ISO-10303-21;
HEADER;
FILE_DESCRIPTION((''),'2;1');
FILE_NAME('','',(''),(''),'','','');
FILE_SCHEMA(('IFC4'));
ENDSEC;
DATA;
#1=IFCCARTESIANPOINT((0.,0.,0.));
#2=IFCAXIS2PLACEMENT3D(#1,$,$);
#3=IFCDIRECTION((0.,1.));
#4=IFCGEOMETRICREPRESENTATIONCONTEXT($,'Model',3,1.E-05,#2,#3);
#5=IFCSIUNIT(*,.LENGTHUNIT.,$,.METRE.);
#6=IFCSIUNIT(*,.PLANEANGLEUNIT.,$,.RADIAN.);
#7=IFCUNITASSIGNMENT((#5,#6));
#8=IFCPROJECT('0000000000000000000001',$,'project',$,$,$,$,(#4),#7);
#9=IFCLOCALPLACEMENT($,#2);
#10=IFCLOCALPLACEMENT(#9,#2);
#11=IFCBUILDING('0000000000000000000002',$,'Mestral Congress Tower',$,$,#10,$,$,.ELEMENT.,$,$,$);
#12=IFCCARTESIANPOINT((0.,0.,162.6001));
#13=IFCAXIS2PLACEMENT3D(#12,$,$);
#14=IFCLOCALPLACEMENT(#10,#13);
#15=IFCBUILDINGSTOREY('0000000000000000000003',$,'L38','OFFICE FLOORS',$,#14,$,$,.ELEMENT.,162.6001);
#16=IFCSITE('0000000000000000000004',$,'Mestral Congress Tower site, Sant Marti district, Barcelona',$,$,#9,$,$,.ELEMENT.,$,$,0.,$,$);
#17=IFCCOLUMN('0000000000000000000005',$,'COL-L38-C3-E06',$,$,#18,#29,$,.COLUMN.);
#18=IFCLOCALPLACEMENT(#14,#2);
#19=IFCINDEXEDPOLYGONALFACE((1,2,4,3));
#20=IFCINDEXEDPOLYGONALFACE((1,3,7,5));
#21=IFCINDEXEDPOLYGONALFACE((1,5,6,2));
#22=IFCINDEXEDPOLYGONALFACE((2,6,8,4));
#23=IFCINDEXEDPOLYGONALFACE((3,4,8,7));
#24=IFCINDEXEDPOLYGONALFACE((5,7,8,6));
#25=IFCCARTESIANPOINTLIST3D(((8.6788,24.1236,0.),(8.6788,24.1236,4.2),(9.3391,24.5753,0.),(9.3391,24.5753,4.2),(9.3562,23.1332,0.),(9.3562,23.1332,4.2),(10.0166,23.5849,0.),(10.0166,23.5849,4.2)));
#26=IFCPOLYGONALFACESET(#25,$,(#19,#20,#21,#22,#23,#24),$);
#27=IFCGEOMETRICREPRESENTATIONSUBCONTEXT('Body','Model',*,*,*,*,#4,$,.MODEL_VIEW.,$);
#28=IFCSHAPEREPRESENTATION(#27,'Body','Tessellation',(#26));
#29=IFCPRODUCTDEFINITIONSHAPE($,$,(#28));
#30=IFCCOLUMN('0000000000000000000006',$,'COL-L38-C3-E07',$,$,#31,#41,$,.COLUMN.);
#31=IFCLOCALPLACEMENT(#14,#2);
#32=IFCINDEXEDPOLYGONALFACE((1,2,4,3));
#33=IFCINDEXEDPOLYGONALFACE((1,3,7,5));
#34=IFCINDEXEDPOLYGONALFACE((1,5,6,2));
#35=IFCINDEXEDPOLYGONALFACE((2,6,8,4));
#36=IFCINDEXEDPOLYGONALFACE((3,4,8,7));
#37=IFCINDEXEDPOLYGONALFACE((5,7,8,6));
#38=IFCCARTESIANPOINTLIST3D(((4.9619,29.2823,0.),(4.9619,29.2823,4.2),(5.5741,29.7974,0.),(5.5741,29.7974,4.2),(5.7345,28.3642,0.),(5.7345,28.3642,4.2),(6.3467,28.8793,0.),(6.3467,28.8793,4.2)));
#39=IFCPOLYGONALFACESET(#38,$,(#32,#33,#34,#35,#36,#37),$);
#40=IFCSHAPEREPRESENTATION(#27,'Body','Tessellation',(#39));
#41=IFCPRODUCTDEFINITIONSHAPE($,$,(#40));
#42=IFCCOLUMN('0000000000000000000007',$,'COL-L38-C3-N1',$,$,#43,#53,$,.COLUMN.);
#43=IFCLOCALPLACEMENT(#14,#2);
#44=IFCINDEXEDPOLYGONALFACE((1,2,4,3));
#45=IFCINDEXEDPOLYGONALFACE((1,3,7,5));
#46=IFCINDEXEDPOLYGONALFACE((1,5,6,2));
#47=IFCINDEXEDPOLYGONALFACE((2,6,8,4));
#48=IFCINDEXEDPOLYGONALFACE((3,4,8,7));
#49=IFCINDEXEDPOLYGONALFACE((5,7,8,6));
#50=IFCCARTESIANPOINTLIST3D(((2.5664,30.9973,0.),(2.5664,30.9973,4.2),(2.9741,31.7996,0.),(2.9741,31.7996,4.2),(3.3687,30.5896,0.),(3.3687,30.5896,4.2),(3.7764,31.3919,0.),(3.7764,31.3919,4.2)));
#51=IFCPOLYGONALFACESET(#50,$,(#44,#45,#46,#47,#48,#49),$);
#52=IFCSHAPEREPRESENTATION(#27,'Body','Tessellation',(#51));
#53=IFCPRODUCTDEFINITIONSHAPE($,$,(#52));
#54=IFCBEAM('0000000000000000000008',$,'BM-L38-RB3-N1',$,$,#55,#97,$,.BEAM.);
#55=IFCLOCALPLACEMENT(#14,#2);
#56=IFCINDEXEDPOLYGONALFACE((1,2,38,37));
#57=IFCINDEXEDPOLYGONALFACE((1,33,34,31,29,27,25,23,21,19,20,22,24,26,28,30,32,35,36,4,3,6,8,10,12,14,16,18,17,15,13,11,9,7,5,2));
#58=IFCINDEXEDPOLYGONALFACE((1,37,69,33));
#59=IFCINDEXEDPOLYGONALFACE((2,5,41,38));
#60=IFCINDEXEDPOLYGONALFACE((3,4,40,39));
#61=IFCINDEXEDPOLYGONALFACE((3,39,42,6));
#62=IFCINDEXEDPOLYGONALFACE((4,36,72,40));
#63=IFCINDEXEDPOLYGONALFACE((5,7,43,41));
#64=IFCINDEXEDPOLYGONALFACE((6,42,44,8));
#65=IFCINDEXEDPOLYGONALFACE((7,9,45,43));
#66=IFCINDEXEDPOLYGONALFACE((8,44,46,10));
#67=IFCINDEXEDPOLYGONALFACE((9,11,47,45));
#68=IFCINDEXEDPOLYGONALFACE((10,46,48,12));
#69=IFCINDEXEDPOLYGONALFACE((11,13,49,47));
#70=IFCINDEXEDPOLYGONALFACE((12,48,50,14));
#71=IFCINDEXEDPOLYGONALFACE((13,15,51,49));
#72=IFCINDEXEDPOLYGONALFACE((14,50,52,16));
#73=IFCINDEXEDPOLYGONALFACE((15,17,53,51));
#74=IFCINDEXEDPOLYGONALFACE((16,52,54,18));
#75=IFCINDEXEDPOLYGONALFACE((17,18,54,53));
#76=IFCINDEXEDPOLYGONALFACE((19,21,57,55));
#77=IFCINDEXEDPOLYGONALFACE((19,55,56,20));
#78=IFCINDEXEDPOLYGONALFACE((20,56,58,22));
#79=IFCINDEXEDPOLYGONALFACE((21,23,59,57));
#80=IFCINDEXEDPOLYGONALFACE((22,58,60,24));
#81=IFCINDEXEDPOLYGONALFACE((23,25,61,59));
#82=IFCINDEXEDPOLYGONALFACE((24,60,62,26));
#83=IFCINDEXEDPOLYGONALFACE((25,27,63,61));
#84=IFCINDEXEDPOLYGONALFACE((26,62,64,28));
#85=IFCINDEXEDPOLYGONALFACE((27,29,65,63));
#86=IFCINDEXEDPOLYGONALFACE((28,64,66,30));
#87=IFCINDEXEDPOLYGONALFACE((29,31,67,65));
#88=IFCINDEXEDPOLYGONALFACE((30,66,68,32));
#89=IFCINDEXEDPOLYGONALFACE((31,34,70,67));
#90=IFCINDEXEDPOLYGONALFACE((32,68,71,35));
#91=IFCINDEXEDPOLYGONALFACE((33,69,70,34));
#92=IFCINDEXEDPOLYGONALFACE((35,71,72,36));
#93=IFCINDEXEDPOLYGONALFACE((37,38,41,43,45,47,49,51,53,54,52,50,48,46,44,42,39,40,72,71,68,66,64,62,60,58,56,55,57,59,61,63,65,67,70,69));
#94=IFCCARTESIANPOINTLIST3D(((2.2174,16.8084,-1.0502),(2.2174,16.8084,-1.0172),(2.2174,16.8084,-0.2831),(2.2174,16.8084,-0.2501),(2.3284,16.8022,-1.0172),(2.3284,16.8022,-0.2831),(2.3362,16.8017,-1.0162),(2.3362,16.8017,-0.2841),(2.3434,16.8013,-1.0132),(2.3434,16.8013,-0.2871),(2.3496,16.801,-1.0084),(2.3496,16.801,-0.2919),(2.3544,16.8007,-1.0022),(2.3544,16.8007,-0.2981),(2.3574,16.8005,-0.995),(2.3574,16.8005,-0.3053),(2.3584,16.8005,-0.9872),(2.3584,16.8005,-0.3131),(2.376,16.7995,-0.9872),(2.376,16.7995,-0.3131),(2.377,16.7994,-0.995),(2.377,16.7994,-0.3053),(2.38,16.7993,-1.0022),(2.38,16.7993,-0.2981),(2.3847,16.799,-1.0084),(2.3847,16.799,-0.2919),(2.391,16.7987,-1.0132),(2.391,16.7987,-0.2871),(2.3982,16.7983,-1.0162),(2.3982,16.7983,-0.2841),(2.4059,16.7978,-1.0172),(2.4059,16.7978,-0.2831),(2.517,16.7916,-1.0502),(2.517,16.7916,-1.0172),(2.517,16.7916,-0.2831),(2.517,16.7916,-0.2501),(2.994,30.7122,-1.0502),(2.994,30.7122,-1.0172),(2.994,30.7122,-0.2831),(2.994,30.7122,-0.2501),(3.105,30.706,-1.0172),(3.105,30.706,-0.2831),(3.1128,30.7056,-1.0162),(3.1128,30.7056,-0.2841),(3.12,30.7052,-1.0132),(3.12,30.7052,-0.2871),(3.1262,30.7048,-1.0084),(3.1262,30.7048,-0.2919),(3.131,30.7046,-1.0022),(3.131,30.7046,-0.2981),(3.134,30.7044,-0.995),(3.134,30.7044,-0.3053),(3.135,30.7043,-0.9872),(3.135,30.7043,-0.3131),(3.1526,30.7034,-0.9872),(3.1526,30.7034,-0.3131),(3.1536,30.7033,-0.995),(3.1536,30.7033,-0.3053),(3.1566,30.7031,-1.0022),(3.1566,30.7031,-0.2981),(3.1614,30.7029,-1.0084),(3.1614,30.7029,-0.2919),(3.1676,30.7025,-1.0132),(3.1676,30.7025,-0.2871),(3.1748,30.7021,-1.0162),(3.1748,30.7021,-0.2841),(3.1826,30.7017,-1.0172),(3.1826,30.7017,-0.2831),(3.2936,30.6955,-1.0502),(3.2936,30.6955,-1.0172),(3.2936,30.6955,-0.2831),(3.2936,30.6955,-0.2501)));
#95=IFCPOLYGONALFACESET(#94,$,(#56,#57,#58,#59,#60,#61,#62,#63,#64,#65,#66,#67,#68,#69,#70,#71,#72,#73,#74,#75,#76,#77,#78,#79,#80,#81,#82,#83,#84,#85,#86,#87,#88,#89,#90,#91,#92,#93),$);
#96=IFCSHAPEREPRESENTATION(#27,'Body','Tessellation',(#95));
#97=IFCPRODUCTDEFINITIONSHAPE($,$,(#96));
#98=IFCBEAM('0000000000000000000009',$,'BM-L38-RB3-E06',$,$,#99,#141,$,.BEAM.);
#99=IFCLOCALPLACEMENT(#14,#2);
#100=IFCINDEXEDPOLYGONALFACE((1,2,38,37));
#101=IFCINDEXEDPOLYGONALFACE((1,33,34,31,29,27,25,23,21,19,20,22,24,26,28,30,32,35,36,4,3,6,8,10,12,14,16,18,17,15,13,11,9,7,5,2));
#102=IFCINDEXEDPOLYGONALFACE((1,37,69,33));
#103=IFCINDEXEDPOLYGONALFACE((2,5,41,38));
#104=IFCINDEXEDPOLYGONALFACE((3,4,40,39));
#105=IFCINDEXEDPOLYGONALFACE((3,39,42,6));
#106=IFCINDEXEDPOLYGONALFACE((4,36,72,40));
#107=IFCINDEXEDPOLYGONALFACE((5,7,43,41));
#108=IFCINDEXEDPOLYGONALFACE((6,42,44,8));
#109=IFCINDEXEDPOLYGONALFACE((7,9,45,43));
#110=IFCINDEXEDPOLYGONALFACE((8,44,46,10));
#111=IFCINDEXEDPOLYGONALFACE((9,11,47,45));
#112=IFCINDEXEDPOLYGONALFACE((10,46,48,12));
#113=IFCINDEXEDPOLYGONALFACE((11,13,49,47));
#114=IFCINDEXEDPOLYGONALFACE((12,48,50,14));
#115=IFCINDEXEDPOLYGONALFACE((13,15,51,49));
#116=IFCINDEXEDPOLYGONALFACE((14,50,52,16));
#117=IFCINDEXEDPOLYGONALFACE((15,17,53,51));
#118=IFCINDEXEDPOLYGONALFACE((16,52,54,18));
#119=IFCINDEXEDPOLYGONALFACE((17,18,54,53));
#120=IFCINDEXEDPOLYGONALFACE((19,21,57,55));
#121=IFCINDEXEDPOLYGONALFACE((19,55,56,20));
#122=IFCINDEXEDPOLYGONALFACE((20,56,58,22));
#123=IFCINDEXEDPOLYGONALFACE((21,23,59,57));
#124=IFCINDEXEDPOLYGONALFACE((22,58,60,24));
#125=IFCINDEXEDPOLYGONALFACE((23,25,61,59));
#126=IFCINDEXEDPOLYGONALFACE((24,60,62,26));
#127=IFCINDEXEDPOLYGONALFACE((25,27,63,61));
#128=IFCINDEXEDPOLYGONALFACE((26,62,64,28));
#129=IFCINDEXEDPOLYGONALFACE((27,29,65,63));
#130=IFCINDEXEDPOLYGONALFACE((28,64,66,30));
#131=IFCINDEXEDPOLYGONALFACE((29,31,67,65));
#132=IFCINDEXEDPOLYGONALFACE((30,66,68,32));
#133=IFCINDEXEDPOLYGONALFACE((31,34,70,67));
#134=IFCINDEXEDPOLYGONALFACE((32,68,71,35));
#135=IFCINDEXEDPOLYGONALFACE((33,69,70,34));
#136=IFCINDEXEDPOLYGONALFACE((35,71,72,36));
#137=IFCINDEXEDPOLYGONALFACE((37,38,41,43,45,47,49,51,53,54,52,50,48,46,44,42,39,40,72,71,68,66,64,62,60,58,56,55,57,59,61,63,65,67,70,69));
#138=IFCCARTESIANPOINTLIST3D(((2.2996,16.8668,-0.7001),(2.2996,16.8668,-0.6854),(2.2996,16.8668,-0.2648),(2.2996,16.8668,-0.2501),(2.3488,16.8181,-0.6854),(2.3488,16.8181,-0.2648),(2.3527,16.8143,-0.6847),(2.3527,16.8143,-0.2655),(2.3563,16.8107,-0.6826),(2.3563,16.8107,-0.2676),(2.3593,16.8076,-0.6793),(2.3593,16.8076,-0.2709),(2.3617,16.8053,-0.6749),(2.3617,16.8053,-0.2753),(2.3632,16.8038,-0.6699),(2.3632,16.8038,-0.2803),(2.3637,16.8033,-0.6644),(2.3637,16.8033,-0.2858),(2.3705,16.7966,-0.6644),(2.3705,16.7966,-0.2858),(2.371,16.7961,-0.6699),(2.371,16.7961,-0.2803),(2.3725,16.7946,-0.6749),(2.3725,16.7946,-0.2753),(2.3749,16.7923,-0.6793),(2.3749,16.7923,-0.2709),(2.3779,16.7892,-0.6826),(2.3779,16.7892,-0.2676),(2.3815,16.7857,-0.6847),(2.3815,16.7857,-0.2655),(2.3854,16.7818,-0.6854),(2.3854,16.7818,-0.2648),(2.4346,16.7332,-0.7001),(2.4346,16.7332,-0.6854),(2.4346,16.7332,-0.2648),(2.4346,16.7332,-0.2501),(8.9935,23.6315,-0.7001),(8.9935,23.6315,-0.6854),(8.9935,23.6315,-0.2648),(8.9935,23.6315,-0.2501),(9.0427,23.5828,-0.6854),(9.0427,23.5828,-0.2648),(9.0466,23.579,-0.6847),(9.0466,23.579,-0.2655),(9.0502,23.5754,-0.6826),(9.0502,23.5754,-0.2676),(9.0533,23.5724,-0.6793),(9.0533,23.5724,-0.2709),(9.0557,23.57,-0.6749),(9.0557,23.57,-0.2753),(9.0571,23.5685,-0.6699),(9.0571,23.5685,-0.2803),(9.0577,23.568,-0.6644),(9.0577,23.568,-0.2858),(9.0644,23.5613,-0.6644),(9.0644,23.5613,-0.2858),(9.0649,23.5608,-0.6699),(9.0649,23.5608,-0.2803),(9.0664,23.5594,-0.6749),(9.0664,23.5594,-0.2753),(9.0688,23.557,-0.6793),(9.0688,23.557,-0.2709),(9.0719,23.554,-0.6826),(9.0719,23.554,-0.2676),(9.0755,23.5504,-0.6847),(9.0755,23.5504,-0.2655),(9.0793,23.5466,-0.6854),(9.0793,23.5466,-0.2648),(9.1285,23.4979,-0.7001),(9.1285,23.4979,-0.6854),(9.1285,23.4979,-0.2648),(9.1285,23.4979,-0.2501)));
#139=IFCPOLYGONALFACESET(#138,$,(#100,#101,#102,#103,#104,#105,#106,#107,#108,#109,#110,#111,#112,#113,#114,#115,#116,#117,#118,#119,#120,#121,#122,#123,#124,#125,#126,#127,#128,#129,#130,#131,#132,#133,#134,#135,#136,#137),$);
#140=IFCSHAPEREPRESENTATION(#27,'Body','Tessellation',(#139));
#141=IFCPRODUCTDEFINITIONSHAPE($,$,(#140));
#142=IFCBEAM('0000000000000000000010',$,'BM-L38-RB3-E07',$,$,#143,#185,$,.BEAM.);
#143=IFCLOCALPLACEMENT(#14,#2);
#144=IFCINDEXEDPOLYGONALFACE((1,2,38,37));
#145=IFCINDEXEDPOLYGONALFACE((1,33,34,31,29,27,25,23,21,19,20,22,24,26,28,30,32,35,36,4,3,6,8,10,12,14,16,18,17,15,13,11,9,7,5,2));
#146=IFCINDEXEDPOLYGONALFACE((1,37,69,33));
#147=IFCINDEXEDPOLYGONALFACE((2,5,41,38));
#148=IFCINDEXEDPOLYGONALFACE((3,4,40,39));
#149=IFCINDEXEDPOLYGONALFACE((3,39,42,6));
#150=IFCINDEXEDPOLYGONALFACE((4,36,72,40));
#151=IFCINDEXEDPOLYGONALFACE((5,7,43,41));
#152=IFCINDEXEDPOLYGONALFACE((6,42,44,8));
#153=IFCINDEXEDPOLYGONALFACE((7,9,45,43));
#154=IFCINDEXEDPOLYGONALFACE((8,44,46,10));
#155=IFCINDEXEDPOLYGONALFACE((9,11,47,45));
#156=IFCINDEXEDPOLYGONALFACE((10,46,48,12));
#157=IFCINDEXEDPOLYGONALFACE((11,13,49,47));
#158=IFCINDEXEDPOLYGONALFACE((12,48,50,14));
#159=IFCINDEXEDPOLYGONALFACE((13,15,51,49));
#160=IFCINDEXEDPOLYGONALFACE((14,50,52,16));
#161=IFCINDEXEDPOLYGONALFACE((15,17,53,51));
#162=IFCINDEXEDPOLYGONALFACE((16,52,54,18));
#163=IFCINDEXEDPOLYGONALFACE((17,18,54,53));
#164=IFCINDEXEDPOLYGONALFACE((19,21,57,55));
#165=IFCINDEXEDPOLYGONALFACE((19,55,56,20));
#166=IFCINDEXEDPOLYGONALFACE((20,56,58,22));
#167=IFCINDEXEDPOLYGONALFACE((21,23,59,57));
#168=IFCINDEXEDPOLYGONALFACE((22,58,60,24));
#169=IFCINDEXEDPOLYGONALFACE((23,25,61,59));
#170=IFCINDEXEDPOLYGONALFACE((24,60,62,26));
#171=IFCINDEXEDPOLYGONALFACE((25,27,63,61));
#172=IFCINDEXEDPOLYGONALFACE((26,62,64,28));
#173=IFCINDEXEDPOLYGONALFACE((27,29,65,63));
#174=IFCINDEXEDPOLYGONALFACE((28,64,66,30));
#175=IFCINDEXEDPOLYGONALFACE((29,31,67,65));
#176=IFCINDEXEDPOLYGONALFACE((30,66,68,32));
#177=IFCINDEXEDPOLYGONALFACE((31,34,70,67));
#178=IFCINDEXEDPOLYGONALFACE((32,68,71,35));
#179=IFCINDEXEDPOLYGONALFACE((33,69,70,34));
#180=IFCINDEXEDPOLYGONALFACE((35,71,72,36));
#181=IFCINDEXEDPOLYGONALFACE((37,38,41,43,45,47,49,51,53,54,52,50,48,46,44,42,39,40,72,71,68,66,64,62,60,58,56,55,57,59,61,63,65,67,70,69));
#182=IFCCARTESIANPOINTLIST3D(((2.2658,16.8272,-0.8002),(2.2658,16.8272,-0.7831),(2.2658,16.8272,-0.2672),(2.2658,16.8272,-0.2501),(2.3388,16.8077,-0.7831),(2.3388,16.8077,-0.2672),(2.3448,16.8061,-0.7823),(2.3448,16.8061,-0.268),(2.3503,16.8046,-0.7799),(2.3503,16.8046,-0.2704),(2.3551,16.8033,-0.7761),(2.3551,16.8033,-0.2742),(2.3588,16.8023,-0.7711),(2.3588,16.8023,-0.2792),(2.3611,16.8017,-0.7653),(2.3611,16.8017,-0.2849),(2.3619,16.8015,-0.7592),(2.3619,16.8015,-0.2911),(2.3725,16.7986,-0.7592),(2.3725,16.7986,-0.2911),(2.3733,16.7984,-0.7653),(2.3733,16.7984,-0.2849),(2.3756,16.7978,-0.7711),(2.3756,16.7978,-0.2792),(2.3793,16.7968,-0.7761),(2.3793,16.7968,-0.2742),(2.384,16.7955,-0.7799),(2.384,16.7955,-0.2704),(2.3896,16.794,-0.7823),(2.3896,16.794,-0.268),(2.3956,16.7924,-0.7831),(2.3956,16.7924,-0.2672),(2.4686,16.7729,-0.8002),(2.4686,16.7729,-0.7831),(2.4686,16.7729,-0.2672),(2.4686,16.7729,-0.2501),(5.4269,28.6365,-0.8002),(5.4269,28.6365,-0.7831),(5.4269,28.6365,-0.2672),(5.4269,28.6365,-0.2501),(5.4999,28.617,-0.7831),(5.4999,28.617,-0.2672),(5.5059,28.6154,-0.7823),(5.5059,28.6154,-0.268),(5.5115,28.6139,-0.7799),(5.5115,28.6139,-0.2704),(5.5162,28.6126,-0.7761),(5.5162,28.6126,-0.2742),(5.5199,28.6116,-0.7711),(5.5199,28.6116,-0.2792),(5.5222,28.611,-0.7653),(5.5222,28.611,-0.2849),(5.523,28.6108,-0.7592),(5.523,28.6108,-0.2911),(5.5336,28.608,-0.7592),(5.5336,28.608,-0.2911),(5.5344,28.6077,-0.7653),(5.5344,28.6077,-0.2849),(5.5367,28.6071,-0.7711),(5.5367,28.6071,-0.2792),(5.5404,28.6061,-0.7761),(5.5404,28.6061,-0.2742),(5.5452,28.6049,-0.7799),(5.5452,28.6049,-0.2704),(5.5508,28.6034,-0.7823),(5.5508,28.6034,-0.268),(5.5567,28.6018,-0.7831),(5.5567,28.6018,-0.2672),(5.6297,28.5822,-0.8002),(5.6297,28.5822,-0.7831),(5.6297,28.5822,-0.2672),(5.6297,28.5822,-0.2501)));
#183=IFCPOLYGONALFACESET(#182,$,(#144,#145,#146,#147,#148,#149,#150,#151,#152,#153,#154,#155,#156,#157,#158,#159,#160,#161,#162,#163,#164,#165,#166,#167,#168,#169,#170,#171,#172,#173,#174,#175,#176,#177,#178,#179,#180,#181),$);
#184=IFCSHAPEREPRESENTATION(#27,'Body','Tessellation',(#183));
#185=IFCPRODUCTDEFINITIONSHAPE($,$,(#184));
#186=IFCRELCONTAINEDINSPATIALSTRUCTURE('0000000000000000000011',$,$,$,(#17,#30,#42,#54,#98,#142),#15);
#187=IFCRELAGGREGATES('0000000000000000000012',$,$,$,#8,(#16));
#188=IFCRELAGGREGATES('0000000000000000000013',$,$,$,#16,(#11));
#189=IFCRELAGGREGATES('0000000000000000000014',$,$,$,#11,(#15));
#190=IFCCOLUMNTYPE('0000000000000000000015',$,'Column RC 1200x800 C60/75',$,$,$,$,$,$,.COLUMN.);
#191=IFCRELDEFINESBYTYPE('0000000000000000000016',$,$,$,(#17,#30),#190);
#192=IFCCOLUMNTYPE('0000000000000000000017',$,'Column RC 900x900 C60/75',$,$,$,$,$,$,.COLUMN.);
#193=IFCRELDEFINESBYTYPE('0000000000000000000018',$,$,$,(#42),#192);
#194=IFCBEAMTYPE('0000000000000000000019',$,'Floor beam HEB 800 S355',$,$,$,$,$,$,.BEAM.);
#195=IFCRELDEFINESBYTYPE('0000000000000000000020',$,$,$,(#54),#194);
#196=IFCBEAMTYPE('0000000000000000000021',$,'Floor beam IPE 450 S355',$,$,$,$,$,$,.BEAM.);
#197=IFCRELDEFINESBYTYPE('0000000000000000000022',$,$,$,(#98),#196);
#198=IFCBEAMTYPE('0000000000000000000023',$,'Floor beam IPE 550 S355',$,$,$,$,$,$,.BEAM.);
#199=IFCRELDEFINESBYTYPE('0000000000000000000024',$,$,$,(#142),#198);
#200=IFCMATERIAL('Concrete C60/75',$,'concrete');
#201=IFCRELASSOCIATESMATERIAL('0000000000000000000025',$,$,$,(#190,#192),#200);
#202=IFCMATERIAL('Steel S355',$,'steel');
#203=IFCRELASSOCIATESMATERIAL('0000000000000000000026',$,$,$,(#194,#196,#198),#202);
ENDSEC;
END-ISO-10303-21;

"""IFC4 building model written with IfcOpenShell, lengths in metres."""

from ifc_helpers import new_model, si_unit, direction, frame, origin, origin_2d, place, context, subcontext, project, spatial, rectangle, i_section, extrude, material, material_profile, profile_set, type_object, element, save


model = new_model("IFC4")

# Units and contexts
model_context = context("Model", 3, precision=1e-05, world=origin(), true_north=direction((0.0, 1.0)))
body_context = subcontext(model_context, "Body", "Model", "MODEL_VIEW")
ifc_project = project(units=[si_unit("LENGTHUNIT", "METRE"), si_unit("PLANEANGLEUNIT", "RADIAN")], contexts=[model_context])

# Site, building, storey
site_placement = place(None, origin())
site = spatial("IfcSite", under=ifc_project, at=site_placement, Name="Mestral Congress Tower site, Sant Marti district, Barcelona", CompositionType="ELEMENT", RefElevation=0.0)
building_placement = place(site_placement, origin())
building = spatial("IfcBuilding", under=site, at=building_placement, Name="Mestral Congress Tower", CompositionType="ELEMENT")
storey_placement = place(building_placement, frame((0.0, 0.0, 162.6001)))
storey = spatial("IfcBuildingStorey", under=building, at=storey_placement, Name="L38", Description="OFFICE FLOORS", CompositionType="ELEMENT", Elevation=162.6001)

# Columns
ifc_material_1 = material(Name="Concrete C60/75", Category="concrete")
ifc_material_profile_1 = material_profile(ifc_material_1, rectangle(XDim=1.2, YDim=0.8, at=origin_2d()), Name="RC 1200x800")
ifc_profile_set_1 = profile_set([ifc_material_profile_1], Name="Concrete C60/75")
column_type_1 = type_object("IfcColumnType", Name="Column RC 1200x800 C60/75", PredefinedType="COLUMN", material=ifc_profile_set_1)
for number, where, z_axis, x_axis, name in (
    (1, (9.3477, 23.8542, 0.0), (0.0, 0.0, 1.0), (-0.564568, 0.825387, 0.0), "COL-L38-C3-E06"),
    (2, (5.6543, 29.0808, 0.0), (0.0, 0.0, 1.0), (-0.643827, 0.765171, 0.0), "COL-L38-C3-E07"),
):
    element("IfcColumn", number, at=place(storey_placement, frame(where, z_axis=z_axis, x_axis=x_axis)), inside=storey, type_object=column_type_1, Name=name, PredefinedType="COLUMN", context=body_context, shape_type="SweptSolid", body=[
        extrude(rectangle(XDim=1.2, YDim=0.8, at=origin_2d()), origin(), (0.0, 0.0, 1.0), 4.2),
    ])
ifc_material_profile_2 = material_profile(ifc_material_1, rectangle(XDim=0.8999, YDim=0.8999, at=origin_2d()), Name="RC 900x900")
ifc_profile_set_2 = profile_set([ifc_material_profile_2], Name="Concrete C60/75")
column_type_2 = type_object("IfcColumnType", Name="Column RC 900x900 C60/75", PredefinedType="COLUMN", material=ifc_profile_set_2)
column_placement = place(storey_placement, frame((3.1714, 31.1946, 0.0), z_axis=(0.0, 0.0, 1.0), x_axis=(-0.891486, 0.453048, 0.0)))
element("IfcColumn", 3, at=column_placement, inside=storey, type_object=column_type_2, Name="COL-L38-C3-N1", PredefinedType="COLUMN", context=body_context, shape_type="SweptSolid", body=[
    extrude(rectangle(XDim=0.8999, YDim=0.8999, at=origin_2d()), origin(), (0.0, 0.0, 1.0), 4.2),
])

# Beams
ifc_material_2 = material(Name="Steel S355", Category="steel")
ifc_material_profile_3 = material_profile(ifc_material_2, i_section(OverallWidth=0.3, OverallDepth=0.8, WebThickness=0.0176, FlangeThickness=0.033, FilletRadius=0.03, at=origin_2d()), Name="HEB 800")
ifc_profile_set_3 = profile_set([ifc_material_profile_3], Name="Steel S355")
beam_type_1 = type_object("IfcBeamType", Name="Floor beam HEB 800 S355", PredefinedType="BEAM", material=ifc_profile_set_3)
beam_1_placement = place(storey_placement, frame((3.1438, 30.7039, -0.6501), z_axis=(-0.055769, -0.998444, 0.0), x_axis=(0.998444, -0.055769, 0.0)))
element("IfcBeam", 4, at=beam_1_placement, inside=storey, type_object=beam_type_1, Name="BM-L38-RB3-N1", PredefinedType="BEAM", context=body_context, shape_type="SweptSolid", body=[
    extrude(i_section(OverallWidth=0.3, OverallDepth=0.8, WebThickness=0.0176, FlangeThickness=0.033, FilletRadius=0.03, at=origin_2d()), origin(), (0.0, 0.0, 1.0), 13.9255),
])
ifc_material_profile_4 = material_profile(ifc_material_2, i_section(OverallWidth=0.1899, OverallDepth=0.45, WebThickness=0.0095, FlangeThickness=0.0146, FilletRadius=0.021, at=origin_2d()), Name="IPE 450")
ifc_profile_set_4 = profile_set([ifc_material_profile_4], Name="Steel S355")
beam_type_2 = type_object("IfcBeamType", Name="Floor beam IPE 450 S355", PredefinedType="BEAM", material=ifc_profile_set_4)
beam_2_placement = place(storey_placement, frame((9.061, 23.5647, -0.4751), z_axis=(-0.703377, -0.710817, 0.0), x_axis=(0.710817, -0.703377, 0.0)))
element("IfcBeam", 5, at=beam_2_placement, inside=storey, type_object=beam_type_2, Name="BM-L38-RB3-E06", PredefinedType="BEAM", context=body_context, shape_type="SweptSolid", body=[
    extrude(i_section(OverallWidth=0.1899, OverallDepth=0.45, WebThickness=0.0095, FlangeThickness=0.0146, FilletRadius=0.021, at=origin_2d()), origin(), (0.0, 0.0, 1.0), 9.5168),
])
ifc_material_profile_5 = material_profile(ifc_material_2, i_section(OverallWidth=0.21, OverallDepth=0.55, WebThickness=0.011, FlangeThickness=0.0171, FilletRadius=0.0239, at=origin_2d()), Name="IPE 550")
ifc_profile_set_5 = profile_set([ifc_material_profile_5], Name="Steel S355")
beam_type_3 = type_object("IfcBeamType", Name="Floor beam IPE 550 S355", PredefinedType="BEAM", material=ifc_profile_set_5)
beam_3_placement = place(storey_placement, frame((5.5283, 28.6094, -0.5251), z_axis=(-0.258577, -0.965991, 0.0), x_axis=(0.965991, -0.258577, 0.0)))
element("IfcBeam", 6, at=beam_3_placement, inside=storey, type_object=beam_type_3, Name="BM-L38-RB3-E07", PredefinedType="BEAM", context=body_context, shape_type="SweptSolid", body=[
    extrude(i_section(OverallWidth=0.21, OverallDepth=0.55, WebThickness=0.011, FlangeThickness=0.0171, FilletRadius=0.0239, at=origin_2d()), origin(), (0.0, 0.0, 1.0), 12.2251),
])

save(model, "model.ifc")
